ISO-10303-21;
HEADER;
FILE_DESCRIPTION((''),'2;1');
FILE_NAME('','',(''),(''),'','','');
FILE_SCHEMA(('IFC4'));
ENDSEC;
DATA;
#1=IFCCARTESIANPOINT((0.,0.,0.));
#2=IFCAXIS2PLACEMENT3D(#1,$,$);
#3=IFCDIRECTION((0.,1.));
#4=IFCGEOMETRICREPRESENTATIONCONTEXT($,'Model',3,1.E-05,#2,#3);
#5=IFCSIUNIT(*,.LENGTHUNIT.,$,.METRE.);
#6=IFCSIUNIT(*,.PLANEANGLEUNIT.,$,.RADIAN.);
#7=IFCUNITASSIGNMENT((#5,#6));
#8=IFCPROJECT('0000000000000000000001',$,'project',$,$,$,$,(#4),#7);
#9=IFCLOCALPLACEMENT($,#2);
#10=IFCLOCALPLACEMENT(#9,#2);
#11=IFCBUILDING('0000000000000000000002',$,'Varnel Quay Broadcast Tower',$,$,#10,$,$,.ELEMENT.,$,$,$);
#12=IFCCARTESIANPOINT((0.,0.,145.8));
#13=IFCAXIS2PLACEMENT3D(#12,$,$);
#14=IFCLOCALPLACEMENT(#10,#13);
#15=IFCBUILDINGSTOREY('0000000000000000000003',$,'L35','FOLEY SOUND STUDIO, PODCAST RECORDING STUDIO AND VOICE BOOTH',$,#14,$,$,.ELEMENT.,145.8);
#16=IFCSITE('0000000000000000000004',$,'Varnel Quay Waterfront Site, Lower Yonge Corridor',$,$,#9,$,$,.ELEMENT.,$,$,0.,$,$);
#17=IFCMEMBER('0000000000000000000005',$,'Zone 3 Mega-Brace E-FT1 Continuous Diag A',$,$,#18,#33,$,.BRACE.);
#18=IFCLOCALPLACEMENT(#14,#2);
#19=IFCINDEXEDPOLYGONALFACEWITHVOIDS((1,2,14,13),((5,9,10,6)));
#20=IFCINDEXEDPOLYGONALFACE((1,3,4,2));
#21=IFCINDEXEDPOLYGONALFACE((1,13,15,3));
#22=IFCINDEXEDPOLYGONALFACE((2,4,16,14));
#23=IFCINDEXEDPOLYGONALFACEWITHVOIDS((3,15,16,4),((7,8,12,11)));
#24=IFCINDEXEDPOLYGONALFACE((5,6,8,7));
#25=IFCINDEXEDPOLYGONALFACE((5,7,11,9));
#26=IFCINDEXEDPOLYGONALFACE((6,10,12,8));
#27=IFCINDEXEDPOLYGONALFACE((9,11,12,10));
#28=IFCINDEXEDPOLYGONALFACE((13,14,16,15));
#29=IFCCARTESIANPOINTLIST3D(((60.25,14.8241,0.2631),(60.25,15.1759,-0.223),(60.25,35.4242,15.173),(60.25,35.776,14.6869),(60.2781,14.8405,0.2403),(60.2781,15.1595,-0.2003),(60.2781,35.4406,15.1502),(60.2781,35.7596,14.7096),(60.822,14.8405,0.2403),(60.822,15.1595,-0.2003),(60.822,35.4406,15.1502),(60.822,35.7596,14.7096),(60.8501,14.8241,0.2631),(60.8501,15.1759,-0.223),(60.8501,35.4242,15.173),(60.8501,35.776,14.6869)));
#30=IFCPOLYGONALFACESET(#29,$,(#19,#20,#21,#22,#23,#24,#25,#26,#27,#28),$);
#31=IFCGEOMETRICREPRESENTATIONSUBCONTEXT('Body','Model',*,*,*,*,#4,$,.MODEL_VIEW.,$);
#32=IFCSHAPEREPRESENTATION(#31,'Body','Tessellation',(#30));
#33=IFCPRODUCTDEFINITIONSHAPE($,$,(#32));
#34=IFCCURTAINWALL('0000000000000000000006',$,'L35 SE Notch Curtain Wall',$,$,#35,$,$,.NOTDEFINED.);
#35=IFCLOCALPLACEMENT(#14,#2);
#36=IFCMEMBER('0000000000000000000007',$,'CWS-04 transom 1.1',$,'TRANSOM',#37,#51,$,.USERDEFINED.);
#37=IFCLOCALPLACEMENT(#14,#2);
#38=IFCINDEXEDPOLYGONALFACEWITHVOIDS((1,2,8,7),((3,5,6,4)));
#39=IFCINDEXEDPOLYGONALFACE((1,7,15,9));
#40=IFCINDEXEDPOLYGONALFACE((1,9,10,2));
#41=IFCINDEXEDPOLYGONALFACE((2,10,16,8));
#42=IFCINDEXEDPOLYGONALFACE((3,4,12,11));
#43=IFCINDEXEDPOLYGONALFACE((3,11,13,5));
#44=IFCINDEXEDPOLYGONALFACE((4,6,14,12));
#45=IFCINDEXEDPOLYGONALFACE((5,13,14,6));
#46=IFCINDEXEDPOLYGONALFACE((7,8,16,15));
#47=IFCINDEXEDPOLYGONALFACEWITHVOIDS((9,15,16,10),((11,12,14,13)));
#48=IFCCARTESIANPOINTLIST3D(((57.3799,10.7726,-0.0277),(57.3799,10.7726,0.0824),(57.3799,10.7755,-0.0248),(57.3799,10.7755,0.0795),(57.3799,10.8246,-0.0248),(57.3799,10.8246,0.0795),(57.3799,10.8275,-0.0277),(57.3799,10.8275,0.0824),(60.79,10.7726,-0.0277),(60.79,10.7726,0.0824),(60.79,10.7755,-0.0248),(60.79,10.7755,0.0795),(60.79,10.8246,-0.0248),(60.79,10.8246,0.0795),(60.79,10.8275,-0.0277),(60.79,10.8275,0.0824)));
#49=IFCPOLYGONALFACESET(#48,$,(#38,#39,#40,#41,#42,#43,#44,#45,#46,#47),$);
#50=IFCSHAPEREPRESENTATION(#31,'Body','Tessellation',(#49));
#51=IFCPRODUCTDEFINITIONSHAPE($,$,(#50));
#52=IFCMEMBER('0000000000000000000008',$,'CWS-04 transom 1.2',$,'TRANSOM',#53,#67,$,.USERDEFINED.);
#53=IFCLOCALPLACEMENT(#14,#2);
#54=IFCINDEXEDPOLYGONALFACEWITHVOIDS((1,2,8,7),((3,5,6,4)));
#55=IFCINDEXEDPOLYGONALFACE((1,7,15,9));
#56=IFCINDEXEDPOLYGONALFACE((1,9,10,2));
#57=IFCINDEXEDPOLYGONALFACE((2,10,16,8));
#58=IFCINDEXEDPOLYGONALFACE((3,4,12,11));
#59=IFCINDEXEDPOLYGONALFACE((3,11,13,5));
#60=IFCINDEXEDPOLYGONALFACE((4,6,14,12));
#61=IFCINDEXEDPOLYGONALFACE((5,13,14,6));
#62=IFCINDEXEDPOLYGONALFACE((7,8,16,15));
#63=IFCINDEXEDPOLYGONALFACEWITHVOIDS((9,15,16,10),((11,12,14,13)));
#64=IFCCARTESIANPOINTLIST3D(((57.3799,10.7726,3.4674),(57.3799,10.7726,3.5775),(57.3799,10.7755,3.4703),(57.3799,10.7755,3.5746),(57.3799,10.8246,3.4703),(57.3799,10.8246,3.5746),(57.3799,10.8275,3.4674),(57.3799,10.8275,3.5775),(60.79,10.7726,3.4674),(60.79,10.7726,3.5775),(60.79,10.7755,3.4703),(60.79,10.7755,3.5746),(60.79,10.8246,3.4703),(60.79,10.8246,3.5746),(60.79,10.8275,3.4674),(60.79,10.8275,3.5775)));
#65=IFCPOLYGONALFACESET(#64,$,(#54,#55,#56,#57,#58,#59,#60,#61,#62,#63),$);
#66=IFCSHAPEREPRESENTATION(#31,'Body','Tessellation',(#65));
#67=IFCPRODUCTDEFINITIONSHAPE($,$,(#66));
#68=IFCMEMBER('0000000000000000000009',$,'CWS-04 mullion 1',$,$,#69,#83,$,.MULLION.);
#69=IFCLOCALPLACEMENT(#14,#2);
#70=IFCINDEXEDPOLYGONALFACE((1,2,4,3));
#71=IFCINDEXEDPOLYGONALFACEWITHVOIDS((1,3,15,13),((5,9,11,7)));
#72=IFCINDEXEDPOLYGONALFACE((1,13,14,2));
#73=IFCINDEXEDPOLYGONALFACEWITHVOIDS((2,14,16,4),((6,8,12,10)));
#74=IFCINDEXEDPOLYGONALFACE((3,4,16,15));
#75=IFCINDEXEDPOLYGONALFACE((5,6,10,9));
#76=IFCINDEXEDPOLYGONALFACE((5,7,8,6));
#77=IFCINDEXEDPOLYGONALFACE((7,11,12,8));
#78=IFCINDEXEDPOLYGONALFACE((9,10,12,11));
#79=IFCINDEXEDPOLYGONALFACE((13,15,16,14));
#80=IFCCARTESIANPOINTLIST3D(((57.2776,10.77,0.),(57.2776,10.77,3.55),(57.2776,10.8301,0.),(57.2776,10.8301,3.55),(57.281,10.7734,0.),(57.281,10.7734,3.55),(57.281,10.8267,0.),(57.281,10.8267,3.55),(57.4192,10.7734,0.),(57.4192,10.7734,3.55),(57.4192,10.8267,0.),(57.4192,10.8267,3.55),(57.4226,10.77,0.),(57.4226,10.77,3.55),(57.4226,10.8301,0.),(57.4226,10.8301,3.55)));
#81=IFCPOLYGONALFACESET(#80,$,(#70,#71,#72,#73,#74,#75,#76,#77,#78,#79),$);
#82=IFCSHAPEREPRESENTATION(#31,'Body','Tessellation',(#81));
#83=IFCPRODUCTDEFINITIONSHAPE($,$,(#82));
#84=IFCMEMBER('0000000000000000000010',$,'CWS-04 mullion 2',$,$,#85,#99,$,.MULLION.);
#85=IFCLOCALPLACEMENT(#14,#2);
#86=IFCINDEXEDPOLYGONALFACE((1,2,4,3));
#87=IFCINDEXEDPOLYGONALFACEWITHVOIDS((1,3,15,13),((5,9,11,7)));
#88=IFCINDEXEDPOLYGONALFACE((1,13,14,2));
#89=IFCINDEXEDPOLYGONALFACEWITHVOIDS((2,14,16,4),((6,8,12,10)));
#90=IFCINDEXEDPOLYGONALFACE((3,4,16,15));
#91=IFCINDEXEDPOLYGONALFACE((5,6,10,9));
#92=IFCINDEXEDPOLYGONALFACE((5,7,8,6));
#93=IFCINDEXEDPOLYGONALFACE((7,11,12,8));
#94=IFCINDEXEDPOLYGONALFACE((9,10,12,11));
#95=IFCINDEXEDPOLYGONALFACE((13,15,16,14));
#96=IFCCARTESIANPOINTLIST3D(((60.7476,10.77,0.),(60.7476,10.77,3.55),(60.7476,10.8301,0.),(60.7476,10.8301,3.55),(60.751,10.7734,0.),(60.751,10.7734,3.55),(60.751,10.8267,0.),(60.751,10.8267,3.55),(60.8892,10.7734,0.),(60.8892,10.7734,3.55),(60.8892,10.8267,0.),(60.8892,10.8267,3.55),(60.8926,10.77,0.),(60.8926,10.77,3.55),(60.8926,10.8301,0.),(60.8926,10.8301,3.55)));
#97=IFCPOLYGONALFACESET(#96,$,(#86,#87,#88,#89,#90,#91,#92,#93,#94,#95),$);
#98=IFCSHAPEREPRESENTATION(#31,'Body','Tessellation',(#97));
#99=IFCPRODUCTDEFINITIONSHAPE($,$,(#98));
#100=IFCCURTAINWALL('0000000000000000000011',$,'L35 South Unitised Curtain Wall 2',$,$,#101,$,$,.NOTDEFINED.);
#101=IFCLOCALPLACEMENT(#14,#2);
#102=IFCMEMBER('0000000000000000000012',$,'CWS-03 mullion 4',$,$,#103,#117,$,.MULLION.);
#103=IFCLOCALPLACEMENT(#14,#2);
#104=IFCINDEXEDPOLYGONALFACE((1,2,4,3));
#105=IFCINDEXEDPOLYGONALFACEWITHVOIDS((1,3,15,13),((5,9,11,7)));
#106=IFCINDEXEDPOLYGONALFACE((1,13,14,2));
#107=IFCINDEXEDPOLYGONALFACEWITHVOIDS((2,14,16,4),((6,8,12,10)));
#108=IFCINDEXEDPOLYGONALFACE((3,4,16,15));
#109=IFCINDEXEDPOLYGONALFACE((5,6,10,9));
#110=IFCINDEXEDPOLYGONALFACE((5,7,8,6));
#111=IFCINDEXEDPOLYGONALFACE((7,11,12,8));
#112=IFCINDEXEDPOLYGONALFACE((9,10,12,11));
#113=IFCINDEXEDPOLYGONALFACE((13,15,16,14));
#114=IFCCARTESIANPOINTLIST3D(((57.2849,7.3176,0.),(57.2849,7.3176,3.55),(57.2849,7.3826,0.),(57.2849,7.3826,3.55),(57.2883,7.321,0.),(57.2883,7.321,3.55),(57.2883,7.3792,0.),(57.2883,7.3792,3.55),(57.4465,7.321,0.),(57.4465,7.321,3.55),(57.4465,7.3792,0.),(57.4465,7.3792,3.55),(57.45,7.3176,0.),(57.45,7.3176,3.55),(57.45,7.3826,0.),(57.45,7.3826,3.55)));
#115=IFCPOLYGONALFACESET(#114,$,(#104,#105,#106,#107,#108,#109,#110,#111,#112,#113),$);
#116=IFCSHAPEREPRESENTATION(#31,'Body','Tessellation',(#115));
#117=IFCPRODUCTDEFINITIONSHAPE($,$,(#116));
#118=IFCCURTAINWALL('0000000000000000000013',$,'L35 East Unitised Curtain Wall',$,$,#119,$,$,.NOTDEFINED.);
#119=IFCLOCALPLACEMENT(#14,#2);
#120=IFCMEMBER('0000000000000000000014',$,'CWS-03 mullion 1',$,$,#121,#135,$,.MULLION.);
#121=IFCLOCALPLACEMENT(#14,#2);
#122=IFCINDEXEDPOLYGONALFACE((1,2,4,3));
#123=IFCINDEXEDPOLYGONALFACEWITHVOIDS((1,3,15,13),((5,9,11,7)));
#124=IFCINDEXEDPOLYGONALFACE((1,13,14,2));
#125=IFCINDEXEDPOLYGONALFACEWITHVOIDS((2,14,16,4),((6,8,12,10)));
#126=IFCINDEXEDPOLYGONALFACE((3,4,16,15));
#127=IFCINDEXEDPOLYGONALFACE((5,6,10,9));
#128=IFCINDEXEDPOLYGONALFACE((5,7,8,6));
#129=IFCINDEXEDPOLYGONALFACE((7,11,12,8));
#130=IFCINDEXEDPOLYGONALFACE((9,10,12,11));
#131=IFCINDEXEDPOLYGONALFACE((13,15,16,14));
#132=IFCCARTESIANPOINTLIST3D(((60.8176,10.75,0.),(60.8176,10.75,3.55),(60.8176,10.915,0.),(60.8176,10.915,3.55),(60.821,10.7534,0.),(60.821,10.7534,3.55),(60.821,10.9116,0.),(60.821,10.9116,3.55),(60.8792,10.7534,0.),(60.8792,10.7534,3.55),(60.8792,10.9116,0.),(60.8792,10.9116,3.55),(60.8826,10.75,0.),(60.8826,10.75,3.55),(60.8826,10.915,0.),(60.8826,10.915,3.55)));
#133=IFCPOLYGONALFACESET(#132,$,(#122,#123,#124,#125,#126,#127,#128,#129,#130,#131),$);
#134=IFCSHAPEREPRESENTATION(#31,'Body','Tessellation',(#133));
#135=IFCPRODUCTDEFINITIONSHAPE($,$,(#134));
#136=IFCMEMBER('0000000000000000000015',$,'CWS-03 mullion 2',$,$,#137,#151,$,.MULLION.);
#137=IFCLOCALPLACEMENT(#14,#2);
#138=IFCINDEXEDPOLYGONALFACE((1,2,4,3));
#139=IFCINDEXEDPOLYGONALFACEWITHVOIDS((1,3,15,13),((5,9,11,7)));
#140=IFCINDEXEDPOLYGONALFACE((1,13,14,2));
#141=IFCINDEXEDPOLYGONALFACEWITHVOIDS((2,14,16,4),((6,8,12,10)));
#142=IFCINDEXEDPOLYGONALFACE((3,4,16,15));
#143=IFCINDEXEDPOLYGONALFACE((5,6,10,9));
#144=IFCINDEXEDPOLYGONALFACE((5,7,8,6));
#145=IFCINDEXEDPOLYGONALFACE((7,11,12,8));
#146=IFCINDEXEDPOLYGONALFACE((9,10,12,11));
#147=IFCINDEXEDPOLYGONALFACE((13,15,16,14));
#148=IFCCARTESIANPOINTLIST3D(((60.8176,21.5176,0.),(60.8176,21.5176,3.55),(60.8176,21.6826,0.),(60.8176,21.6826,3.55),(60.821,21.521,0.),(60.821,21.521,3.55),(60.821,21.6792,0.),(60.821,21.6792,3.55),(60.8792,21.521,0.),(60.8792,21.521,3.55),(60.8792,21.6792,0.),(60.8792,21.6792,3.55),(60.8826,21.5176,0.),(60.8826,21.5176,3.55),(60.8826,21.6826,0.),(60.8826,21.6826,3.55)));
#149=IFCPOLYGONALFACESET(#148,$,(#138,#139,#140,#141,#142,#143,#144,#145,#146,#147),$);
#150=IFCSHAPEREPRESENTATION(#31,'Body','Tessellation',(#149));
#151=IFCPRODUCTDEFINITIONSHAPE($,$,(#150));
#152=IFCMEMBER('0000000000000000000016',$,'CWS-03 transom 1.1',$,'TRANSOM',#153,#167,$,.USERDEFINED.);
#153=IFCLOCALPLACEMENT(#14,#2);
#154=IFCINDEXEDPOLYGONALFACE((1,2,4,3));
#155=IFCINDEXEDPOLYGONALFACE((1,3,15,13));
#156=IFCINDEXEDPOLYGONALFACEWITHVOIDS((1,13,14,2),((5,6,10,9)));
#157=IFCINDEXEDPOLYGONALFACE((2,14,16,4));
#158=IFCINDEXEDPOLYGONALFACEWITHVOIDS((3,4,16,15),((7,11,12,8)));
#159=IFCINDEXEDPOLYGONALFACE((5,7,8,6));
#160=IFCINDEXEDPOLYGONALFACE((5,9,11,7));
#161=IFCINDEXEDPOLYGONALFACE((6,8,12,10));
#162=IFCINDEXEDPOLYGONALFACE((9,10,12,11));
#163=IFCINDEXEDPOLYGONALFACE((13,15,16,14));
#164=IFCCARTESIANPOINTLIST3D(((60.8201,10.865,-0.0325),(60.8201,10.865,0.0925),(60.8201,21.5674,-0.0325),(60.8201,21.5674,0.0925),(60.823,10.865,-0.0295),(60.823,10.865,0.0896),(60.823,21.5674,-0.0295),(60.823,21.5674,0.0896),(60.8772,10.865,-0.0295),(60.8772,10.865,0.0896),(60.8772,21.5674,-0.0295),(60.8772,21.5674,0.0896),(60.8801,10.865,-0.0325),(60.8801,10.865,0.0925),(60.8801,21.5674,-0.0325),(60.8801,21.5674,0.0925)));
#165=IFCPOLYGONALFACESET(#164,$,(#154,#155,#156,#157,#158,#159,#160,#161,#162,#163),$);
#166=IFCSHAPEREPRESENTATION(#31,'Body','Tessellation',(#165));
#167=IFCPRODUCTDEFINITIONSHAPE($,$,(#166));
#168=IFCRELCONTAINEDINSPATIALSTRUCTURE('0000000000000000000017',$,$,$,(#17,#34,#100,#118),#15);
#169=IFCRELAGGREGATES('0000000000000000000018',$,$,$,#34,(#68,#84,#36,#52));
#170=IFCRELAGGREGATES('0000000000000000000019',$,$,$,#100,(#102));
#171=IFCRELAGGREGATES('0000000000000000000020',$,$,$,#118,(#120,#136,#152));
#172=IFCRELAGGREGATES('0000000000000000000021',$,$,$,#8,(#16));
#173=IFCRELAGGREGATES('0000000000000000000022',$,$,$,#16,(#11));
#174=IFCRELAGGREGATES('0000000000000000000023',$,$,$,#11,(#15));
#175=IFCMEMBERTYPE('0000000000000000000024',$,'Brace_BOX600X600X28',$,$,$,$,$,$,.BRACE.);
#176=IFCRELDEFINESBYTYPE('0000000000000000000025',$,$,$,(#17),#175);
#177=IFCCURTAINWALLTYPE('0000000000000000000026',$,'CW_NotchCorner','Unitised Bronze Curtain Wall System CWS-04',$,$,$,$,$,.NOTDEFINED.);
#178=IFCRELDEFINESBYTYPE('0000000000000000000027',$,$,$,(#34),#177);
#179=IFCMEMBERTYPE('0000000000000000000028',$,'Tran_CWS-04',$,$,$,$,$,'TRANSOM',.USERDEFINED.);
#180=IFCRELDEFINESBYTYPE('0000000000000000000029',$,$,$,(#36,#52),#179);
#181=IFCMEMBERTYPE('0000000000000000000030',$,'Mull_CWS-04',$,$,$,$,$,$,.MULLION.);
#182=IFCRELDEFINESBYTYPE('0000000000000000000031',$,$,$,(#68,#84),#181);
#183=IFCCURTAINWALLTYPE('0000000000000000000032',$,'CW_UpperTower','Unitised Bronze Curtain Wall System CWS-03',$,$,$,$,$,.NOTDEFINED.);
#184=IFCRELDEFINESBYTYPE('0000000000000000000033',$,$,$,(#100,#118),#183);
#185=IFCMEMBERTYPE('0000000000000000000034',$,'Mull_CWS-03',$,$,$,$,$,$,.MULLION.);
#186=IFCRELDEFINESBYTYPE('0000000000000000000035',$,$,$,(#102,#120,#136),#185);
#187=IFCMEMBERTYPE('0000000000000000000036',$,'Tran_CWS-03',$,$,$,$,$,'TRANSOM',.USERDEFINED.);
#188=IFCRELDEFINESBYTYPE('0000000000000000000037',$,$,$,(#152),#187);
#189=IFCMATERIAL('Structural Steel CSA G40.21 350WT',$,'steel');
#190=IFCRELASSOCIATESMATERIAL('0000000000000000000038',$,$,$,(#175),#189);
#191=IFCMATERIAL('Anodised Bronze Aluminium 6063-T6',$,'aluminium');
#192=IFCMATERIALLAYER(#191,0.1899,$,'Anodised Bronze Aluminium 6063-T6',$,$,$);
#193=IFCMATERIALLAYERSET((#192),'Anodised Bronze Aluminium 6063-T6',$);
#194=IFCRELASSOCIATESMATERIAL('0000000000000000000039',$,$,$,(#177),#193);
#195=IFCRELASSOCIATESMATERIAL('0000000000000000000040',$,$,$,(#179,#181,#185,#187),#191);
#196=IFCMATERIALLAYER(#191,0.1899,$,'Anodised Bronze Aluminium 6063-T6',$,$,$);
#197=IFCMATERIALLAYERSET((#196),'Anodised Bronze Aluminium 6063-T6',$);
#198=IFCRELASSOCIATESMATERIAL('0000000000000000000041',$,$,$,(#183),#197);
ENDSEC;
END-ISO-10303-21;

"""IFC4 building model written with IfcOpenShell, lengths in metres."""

from ifc_helpers import new_model, si_unit, direction, frame, origin, origin_2d, place, context, subcontext, project, spatial, hollow_rectangle, extrude, source, transform, mapped, material, layer, layer_set, material_profile, profile_set, type_object, type_shapes, element, aggregate, save


model = new_model("IFC4")

# Units and contexts
model_context = context("Model", 3, precision=1e-05, world=origin(), true_north=direction((0.0, 1.0)))
body_context = subcontext(model_context, "Body", "Model", "MODEL_VIEW")
ifc_project = project(units=[si_unit("LENGTHUNIT", "METRE"), si_unit("PLANEANGLEUNIT", "RADIAN")], contexts=[model_context])

# Site, building, storey
site_placement = place(None, origin())
site = spatial("IfcSite", under=ifc_project, at=site_placement, Name="Varnel Quay Waterfront Site, Lower Yonge Corridor", CompositionType="ELEMENT", RefElevation=0.0)
building_placement = place(site_placement, origin())
building = spatial("IfcBuilding", under=site, at=building_placement, Name="Varnel Quay Broadcast Tower", CompositionType="ELEMENT")
storey_placement = place(building_placement, frame((0.0, 0.0, 145.8)))
storey = spatial("IfcBuildingStorey", under=building, at=storey_placement, Name="L35", Description="FOLEY SOUND STUDIO, PODCAST RECORDING STUDIO AND VOICE BOOTH", CompositionType="ELEMENT", Elevation=145.8)

# Shared definitions
ifc_material_1 = material(Name="Structural Steel CSA G40.21 350WT", Category="steel")

# Member
ifc_material_profile_1 = material_profile(ifc_material_1, hollow_rectangle(XDim=0.6001, YDim=0.6001, WallThickness=0.0281, at=origin_2d()), Name="BOX600X600X28")
ifc_profile_set_1 = profile_set([ifc_material_profile_1], Name="Structural Steel CSA G40.21 350WT")
member_type_1 = type_object("IfcMemberType", Name="Brace_BOX600X600X28", PredefinedType="BRACE", material=ifc_profile_set_1)
shared_shape_1 = source(origin(), body_context, "Body", "SweptSolid", [
    extrude(hollow_rectangle(XDim=0.6001, YDim=0.6001, WallThickness=0.0281, at=origin_2d()), origin(), (0.0, 0.0, 1.0), 25.4297),
])
type_shapes(member_type_1, [shared_shape_1])
member_1_placement = place(storey_placement, frame((60.55, 15.0, 0.02), z_axis=(0.0, 0.81008, 0.586319), x_axis=(-1.0, 0.0, 0.0)))
element("IfcMember", 1, at=member_1_placement, inside=storey, type_object=member_type_1, Name="Zone 3 Mega-Brace E-FT1 Continuous Diag A", PredefinedType="BRACE", context=body_context, shape_type="MappedRepresentation", body=[
    mapped(shared_shape_1, transform((0.0, 0.0, 0.0), x_axis=(1.0, 0.0, 0.0), y_axis=(0.0, 1.0, 0.0), z_axis=(0.0, 0.0, 1.0), scale=1.0)),
])

# Curtain wall, members
ifc_material_2 = material(Name="Anodised Bronze Aluminium 6063-T6", Category="aluminium")
ifc_layer_1 = layer(ifc_material_2, 0.1899, Name="Anodised Bronze Aluminium 6063-T6")
ifc_layer_set_1 = layer_set([ifc_layer_1], Name="Anodised Bronze Aluminium 6063-T6")
curtain_wall_type_1 = type_object("IfcCurtainWallType", Name="CW_NotchCorner", Description="Unitised Bronze Curtain Wall System CWS-04", PredefinedType="NOTDEFINED", material=ifc_layer_set_1)
curtain_wall_1_placement = place(storey_placement, origin())
curtain_wall_1 = element("IfcCurtainWall", 2, at=curtain_wall_1_placement, inside=storey, type_object=curtain_wall_type_1, Name="L35 SE Notch Curtain Wall", PredefinedType="NOTDEFINED")
ifc_material_profile_2 = material_profile(ifc_material_2, hollow_rectangle(XDim=0.0549, YDim=0.1101, WallThickness=0.0029, at=origin_2d()), Name="ALU55X110X3")
ifc_profile_set_2 = profile_set([ifc_material_profile_2], Name="Anodised Bronze Aluminium 6063-T6")
member_type_2 = type_object("IfcMemberType", Name="Tran_CWS-04", ElementType="TRANSOM", PredefinedType="USERDEFINED", material=ifc_profile_set_2)
shared_shape_2 = source(origin(), body_context, "Body", "SweptSolid", [
    extrude(hollow_rectangle(XDim=0.0549, YDim=0.1101, WallThickness=0.0029, at=origin_2d()), origin(), (0.0, 0.0, 1.0), 3.4102),
])
type_shapes(member_type_2, [shared_shape_2])
member_2_placement = place(storey_placement, frame((57.3799, 10.8, 0.0273), z_axis=(1.0, 0.0, 0.0), x_axis=(0.0, 1.0, 0.0)))
member_2 = element("IfcMember", 3, at=member_2_placement, type_object=member_type_2, Name="CWS-04 transom 1.1", ObjectType="TRANSOM", PredefinedType="USERDEFINED", context=body_context, shape_type="MappedRepresentation", body=[
    mapped(shared_shape_2, transform((0.0, 0.0, 0.0), x_axis=(1.0, 0.0, 0.0), y_axis=(0.0, 1.0, 0.0), z_axis=(0.0, 0.0, 1.0), scale=1.0)),
])
member_3_placement = place(storey_placement, frame((57.3799, 10.8, 3.5225), z_axis=(1.0, 0.0, 0.0), x_axis=(0.0, 1.0, 0.0)))
member_3 = element("IfcMember", 4, at=member_3_placement, type_object=member_type_2, Name="CWS-04 transom 1.2", ObjectType="TRANSOM", PredefinedType="USERDEFINED", context=body_context, shape_type="MappedRepresentation", body=[
    mapped(shared_shape_2, transform((0.0, 0.0, 0.0), x_axis=(1.0, 0.0, 0.0), y_axis=(0.0, 1.0, 0.0), z_axis=(0.0, 0.0, 1.0), scale=1.0)),
])
ifc_material_profile_3 = material_profile(ifc_material_2, hollow_rectangle(XDim=0.0601, YDim=0.145, WallThickness=0.0034, at=origin_2d()), Name="ALU60X145X3.5")
ifc_profile_set_3 = profile_set([ifc_material_profile_3], Name="Anodised Bronze Aluminium 6063-T6")
member_type_3 = type_object("IfcMemberType", Name="Mull_CWS-04", PredefinedType="MULLION", material=ifc_profile_set_3)
shared_shape_3 = source(origin(), body_context, "Body", "SweptSolid", [
    extrude(hollow_rectangle(XDim=0.0601, YDim=0.145, WallThickness=0.0034, at=origin_2d()), origin(), (0.0, 0.0, 1.0), 3.55),
])
type_shapes(member_type_3, [shared_shape_3])
member_4_placement = place(storey_placement, frame((57.3501, 10.8, 0.0), z_axis=(0.0, 0.0, 1.0), x_axis=(0.0, 1.0, 0.0)))
member_4 = element("IfcMember", 5, at=member_4_placement, type_object=member_type_3, Name="CWS-04 mullion 1", PredefinedType="MULLION", context=body_context, shape_type="MappedRepresentation", body=[
    mapped(shared_shape_3, transform((0.0, 0.0, 0.0), x_axis=(1.0, 0.0, 0.0), y_axis=(0.0, 1.0, 0.0), z_axis=(0.0, 0.0, 1.0), scale=1.0)),
])
member_5_placement = place(storey_placement, frame((60.8201, 10.8, 0.0), z_axis=(0.0, 0.0, 1.0), x_axis=(0.0, 1.0, 0.0)))
member_5 = element("IfcMember", 6, at=member_5_placement, type_object=member_type_3, Name="CWS-04 mullion 2", PredefinedType="MULLION", context=body_context, shape_type="MappedRepresentation", body=[
    mapped(shared_shape_3, transform((0.0, 0.0, 0.0), x_axis=(1.0, 0.0, 0.0), y_axis=(0.0, 1.0, 0.0), z_axis=(0.0, 0.0, 1.0), scale=1.0)),
])

# Curtain wall, member
ifc_layer_2 = layer(ifc_material_2, 0.1899, Name="Anodised Bronze Aluminium 6063-T6")
ifc_layer_set_2 = layer_set([ifc_layer_2], Name="Anodised Bronze Aluminium 6063-T6")
curtain_wall_type_2 = type_object("IfcCurtainWallType", Name="CW_UpperTower", Description="Unitised Bronze Curtain Wall System CWS-03", PredefinedType="NOTDEFINED", material=ifc_layer_set_2)
curtain_wall_2_placement = place(storey_placement, origin())
curtain_wall_2 = element("IfcCurtainWall", 7, at=curtain_wall_2_placement, inside=storey, type_object=curtain_wall_type_2, Name="L35 South Unitised Curtain Wall 2", PredefinedType="NOTDEFINED")
ifc_material_profile_4 = material_profile(ifc_material_2, hollow_rectangle(XDim=0.0649, YDim=0.165, WallThickness=0.0034, at=origin_2d()), Name="ALU65X165X3.5")
ifc_profile_set_4 = profile_set([ifc_material_profile_4], Name="Anodised Bronze Aluminium 6063-T6")
member_type_4 = type_object("IfcMemberType", Name="Mull_CWS-03", PredefinedType="MULLION", material=ifc_profile_set_4)
shared_shape_4 = source(origin(), body_context, "Body", "SweptSolid", [
    extrude(hollow_rectangle(XDim=0.0649, YDim=0.165, WallThickness=0.0034, at=origin_2d()), origin(), (0.0, 0.0, 1.0), 3.55),
])
type_shapes(member_type_4, [shared_shape_4])
member_6_placement = place(storey_placement, frame((57.3674, 7.3501, 0.0), z_axis=(0.0, 0.0, 1.0), x_axis=(0.0, 1.0, 0.0)))
member_6 = element("IfcMember", 8, at=member_6_placement, type_object=member_type_4, Name="CWS-03 mullion 4", PredefinedType="MULLION", context=body_context, shape_type="MappedRepresentation", body=[
    mapped(shared_shape_4, transform((0.0, 0.0, 0.0), x_axis=(1.0, 0.0, 0.0), y_axis=(0.0, 1.0, 0.0), z_axis=(0.0, 0.0, 1.0), scale=1.0)),
])

# Curtain wall, members
curtain_wall_3_placement = place(storey_placement, origin())
curtain_wall_3 = element("IfcCurtainWall", 9, at=curtain_wall_3_placement, inside=storey, type_object=curtain_wall_type_2, Name="L35 East Unitised Curtain Wall", PredefinedType="NOTDEFINED")
member_7_placement = place(storey_placement, frame((60.8501, 10.8325, 0.0), z_axis=(0.0, 0.0, 1.0), x_axis=(-1.0, 0.0, 0.0)))
member_7 = element("IfcMember", 10, at=member_7_placement, type_object=member_type_4, Name="CWS-03 mullion 1", PredefinedType="MULLION", context=body_context, shape_type="MappedRepresentation", body=[
    mapped(shared_shape_4, transform((0.0, 0.0, 0.0), x_axis=(1.0, 0.0, 0.0), y_axis=(0.0, 1.0, 0.0), z_axis=(0.0, 0.0, 1.0), scale=1.0)),
])
member_8_placement = place(storey_placement, frame((60.8501, 21.6001, 0.0), z_axis=(0.0, 0.0, 1.0), x_axis=(-1.0, 0.0, 0.0)))
member_8 = element("IfcMember", 11, at=member_8_placement, type_object=member_type_4, Name="CWS-03 mullion 2", PredefinedType="MULLION", context=body_context, shape_type="MappedRepresentation", body=[
    mapped(shared_shape_4, transform((0.0, 0.0, 0.0), x_axis=(1.0, 0.0, 0.0), y_axis=(0.0, 1.0, 0.0), z_axis=(0.0, 0.0, 1.0), scale=1.0)),
])
ifc_material_profile_5 = material_profile(ifc_material_2, hollow_rectangle(XDim=0.0601, YDim=0.125, WallThickness=0.0029, at=origin_2d()), Name="ALU60X125X3")
ifc_profile_set_5 = profile_set([ifc_material_profile_5], Name="Anodised Bronze Aluminium 6063-T6")
member_type_5 = type_object("IfcMemberType", Name="Tran_CWS-03", ElementType="TRANSOM", PredefinedType="USERDEFINED", material=ifc_profile_set_5)
shared_shape_5 = source(origin(), body_context, "Body", "SweptSolid", [
    extrude(hollow_rectangle(XDim=0.0601, YDim=0.125, WallThickness=0.0029, at=origin_2d()), origin(), (0.0, 0.0, 1.0), 10.7024),
])
member_9_placement = place(storey_placement, frame((60.8501, 10.865, 0.03), z_axis=(0.0, 1.0, 0.0), x_axis=(-1.0, 0.0, 0.0)))
member_9 = element("IfcMember", 12, at=member_9_placement, type_object=member_type_5, Name="CWS-03 transom 1.1", ObjectType="TRANSOM", PredefinedType="USERDEFINED", context=body_context, shape_type="MappedRepresentation", body=[
    mapped(shared_shape_5, transform((0.0, 0.0, 0.0), x_axis=(1.0, 0.0, 0.0), y_axis=(0.0, 1.0, 0.0), z_axis=(0.0, 0.0, 1.0), scale=1.0)),
])

aggregate(curtain_wall_1, [member_4, member_5, member_2, member_3])
aggregate(curtain_wall_2, [member_6])
aggregate(curtain_wall_3, [member_7, member_8, member_9])

save(model, "model.ifc")
